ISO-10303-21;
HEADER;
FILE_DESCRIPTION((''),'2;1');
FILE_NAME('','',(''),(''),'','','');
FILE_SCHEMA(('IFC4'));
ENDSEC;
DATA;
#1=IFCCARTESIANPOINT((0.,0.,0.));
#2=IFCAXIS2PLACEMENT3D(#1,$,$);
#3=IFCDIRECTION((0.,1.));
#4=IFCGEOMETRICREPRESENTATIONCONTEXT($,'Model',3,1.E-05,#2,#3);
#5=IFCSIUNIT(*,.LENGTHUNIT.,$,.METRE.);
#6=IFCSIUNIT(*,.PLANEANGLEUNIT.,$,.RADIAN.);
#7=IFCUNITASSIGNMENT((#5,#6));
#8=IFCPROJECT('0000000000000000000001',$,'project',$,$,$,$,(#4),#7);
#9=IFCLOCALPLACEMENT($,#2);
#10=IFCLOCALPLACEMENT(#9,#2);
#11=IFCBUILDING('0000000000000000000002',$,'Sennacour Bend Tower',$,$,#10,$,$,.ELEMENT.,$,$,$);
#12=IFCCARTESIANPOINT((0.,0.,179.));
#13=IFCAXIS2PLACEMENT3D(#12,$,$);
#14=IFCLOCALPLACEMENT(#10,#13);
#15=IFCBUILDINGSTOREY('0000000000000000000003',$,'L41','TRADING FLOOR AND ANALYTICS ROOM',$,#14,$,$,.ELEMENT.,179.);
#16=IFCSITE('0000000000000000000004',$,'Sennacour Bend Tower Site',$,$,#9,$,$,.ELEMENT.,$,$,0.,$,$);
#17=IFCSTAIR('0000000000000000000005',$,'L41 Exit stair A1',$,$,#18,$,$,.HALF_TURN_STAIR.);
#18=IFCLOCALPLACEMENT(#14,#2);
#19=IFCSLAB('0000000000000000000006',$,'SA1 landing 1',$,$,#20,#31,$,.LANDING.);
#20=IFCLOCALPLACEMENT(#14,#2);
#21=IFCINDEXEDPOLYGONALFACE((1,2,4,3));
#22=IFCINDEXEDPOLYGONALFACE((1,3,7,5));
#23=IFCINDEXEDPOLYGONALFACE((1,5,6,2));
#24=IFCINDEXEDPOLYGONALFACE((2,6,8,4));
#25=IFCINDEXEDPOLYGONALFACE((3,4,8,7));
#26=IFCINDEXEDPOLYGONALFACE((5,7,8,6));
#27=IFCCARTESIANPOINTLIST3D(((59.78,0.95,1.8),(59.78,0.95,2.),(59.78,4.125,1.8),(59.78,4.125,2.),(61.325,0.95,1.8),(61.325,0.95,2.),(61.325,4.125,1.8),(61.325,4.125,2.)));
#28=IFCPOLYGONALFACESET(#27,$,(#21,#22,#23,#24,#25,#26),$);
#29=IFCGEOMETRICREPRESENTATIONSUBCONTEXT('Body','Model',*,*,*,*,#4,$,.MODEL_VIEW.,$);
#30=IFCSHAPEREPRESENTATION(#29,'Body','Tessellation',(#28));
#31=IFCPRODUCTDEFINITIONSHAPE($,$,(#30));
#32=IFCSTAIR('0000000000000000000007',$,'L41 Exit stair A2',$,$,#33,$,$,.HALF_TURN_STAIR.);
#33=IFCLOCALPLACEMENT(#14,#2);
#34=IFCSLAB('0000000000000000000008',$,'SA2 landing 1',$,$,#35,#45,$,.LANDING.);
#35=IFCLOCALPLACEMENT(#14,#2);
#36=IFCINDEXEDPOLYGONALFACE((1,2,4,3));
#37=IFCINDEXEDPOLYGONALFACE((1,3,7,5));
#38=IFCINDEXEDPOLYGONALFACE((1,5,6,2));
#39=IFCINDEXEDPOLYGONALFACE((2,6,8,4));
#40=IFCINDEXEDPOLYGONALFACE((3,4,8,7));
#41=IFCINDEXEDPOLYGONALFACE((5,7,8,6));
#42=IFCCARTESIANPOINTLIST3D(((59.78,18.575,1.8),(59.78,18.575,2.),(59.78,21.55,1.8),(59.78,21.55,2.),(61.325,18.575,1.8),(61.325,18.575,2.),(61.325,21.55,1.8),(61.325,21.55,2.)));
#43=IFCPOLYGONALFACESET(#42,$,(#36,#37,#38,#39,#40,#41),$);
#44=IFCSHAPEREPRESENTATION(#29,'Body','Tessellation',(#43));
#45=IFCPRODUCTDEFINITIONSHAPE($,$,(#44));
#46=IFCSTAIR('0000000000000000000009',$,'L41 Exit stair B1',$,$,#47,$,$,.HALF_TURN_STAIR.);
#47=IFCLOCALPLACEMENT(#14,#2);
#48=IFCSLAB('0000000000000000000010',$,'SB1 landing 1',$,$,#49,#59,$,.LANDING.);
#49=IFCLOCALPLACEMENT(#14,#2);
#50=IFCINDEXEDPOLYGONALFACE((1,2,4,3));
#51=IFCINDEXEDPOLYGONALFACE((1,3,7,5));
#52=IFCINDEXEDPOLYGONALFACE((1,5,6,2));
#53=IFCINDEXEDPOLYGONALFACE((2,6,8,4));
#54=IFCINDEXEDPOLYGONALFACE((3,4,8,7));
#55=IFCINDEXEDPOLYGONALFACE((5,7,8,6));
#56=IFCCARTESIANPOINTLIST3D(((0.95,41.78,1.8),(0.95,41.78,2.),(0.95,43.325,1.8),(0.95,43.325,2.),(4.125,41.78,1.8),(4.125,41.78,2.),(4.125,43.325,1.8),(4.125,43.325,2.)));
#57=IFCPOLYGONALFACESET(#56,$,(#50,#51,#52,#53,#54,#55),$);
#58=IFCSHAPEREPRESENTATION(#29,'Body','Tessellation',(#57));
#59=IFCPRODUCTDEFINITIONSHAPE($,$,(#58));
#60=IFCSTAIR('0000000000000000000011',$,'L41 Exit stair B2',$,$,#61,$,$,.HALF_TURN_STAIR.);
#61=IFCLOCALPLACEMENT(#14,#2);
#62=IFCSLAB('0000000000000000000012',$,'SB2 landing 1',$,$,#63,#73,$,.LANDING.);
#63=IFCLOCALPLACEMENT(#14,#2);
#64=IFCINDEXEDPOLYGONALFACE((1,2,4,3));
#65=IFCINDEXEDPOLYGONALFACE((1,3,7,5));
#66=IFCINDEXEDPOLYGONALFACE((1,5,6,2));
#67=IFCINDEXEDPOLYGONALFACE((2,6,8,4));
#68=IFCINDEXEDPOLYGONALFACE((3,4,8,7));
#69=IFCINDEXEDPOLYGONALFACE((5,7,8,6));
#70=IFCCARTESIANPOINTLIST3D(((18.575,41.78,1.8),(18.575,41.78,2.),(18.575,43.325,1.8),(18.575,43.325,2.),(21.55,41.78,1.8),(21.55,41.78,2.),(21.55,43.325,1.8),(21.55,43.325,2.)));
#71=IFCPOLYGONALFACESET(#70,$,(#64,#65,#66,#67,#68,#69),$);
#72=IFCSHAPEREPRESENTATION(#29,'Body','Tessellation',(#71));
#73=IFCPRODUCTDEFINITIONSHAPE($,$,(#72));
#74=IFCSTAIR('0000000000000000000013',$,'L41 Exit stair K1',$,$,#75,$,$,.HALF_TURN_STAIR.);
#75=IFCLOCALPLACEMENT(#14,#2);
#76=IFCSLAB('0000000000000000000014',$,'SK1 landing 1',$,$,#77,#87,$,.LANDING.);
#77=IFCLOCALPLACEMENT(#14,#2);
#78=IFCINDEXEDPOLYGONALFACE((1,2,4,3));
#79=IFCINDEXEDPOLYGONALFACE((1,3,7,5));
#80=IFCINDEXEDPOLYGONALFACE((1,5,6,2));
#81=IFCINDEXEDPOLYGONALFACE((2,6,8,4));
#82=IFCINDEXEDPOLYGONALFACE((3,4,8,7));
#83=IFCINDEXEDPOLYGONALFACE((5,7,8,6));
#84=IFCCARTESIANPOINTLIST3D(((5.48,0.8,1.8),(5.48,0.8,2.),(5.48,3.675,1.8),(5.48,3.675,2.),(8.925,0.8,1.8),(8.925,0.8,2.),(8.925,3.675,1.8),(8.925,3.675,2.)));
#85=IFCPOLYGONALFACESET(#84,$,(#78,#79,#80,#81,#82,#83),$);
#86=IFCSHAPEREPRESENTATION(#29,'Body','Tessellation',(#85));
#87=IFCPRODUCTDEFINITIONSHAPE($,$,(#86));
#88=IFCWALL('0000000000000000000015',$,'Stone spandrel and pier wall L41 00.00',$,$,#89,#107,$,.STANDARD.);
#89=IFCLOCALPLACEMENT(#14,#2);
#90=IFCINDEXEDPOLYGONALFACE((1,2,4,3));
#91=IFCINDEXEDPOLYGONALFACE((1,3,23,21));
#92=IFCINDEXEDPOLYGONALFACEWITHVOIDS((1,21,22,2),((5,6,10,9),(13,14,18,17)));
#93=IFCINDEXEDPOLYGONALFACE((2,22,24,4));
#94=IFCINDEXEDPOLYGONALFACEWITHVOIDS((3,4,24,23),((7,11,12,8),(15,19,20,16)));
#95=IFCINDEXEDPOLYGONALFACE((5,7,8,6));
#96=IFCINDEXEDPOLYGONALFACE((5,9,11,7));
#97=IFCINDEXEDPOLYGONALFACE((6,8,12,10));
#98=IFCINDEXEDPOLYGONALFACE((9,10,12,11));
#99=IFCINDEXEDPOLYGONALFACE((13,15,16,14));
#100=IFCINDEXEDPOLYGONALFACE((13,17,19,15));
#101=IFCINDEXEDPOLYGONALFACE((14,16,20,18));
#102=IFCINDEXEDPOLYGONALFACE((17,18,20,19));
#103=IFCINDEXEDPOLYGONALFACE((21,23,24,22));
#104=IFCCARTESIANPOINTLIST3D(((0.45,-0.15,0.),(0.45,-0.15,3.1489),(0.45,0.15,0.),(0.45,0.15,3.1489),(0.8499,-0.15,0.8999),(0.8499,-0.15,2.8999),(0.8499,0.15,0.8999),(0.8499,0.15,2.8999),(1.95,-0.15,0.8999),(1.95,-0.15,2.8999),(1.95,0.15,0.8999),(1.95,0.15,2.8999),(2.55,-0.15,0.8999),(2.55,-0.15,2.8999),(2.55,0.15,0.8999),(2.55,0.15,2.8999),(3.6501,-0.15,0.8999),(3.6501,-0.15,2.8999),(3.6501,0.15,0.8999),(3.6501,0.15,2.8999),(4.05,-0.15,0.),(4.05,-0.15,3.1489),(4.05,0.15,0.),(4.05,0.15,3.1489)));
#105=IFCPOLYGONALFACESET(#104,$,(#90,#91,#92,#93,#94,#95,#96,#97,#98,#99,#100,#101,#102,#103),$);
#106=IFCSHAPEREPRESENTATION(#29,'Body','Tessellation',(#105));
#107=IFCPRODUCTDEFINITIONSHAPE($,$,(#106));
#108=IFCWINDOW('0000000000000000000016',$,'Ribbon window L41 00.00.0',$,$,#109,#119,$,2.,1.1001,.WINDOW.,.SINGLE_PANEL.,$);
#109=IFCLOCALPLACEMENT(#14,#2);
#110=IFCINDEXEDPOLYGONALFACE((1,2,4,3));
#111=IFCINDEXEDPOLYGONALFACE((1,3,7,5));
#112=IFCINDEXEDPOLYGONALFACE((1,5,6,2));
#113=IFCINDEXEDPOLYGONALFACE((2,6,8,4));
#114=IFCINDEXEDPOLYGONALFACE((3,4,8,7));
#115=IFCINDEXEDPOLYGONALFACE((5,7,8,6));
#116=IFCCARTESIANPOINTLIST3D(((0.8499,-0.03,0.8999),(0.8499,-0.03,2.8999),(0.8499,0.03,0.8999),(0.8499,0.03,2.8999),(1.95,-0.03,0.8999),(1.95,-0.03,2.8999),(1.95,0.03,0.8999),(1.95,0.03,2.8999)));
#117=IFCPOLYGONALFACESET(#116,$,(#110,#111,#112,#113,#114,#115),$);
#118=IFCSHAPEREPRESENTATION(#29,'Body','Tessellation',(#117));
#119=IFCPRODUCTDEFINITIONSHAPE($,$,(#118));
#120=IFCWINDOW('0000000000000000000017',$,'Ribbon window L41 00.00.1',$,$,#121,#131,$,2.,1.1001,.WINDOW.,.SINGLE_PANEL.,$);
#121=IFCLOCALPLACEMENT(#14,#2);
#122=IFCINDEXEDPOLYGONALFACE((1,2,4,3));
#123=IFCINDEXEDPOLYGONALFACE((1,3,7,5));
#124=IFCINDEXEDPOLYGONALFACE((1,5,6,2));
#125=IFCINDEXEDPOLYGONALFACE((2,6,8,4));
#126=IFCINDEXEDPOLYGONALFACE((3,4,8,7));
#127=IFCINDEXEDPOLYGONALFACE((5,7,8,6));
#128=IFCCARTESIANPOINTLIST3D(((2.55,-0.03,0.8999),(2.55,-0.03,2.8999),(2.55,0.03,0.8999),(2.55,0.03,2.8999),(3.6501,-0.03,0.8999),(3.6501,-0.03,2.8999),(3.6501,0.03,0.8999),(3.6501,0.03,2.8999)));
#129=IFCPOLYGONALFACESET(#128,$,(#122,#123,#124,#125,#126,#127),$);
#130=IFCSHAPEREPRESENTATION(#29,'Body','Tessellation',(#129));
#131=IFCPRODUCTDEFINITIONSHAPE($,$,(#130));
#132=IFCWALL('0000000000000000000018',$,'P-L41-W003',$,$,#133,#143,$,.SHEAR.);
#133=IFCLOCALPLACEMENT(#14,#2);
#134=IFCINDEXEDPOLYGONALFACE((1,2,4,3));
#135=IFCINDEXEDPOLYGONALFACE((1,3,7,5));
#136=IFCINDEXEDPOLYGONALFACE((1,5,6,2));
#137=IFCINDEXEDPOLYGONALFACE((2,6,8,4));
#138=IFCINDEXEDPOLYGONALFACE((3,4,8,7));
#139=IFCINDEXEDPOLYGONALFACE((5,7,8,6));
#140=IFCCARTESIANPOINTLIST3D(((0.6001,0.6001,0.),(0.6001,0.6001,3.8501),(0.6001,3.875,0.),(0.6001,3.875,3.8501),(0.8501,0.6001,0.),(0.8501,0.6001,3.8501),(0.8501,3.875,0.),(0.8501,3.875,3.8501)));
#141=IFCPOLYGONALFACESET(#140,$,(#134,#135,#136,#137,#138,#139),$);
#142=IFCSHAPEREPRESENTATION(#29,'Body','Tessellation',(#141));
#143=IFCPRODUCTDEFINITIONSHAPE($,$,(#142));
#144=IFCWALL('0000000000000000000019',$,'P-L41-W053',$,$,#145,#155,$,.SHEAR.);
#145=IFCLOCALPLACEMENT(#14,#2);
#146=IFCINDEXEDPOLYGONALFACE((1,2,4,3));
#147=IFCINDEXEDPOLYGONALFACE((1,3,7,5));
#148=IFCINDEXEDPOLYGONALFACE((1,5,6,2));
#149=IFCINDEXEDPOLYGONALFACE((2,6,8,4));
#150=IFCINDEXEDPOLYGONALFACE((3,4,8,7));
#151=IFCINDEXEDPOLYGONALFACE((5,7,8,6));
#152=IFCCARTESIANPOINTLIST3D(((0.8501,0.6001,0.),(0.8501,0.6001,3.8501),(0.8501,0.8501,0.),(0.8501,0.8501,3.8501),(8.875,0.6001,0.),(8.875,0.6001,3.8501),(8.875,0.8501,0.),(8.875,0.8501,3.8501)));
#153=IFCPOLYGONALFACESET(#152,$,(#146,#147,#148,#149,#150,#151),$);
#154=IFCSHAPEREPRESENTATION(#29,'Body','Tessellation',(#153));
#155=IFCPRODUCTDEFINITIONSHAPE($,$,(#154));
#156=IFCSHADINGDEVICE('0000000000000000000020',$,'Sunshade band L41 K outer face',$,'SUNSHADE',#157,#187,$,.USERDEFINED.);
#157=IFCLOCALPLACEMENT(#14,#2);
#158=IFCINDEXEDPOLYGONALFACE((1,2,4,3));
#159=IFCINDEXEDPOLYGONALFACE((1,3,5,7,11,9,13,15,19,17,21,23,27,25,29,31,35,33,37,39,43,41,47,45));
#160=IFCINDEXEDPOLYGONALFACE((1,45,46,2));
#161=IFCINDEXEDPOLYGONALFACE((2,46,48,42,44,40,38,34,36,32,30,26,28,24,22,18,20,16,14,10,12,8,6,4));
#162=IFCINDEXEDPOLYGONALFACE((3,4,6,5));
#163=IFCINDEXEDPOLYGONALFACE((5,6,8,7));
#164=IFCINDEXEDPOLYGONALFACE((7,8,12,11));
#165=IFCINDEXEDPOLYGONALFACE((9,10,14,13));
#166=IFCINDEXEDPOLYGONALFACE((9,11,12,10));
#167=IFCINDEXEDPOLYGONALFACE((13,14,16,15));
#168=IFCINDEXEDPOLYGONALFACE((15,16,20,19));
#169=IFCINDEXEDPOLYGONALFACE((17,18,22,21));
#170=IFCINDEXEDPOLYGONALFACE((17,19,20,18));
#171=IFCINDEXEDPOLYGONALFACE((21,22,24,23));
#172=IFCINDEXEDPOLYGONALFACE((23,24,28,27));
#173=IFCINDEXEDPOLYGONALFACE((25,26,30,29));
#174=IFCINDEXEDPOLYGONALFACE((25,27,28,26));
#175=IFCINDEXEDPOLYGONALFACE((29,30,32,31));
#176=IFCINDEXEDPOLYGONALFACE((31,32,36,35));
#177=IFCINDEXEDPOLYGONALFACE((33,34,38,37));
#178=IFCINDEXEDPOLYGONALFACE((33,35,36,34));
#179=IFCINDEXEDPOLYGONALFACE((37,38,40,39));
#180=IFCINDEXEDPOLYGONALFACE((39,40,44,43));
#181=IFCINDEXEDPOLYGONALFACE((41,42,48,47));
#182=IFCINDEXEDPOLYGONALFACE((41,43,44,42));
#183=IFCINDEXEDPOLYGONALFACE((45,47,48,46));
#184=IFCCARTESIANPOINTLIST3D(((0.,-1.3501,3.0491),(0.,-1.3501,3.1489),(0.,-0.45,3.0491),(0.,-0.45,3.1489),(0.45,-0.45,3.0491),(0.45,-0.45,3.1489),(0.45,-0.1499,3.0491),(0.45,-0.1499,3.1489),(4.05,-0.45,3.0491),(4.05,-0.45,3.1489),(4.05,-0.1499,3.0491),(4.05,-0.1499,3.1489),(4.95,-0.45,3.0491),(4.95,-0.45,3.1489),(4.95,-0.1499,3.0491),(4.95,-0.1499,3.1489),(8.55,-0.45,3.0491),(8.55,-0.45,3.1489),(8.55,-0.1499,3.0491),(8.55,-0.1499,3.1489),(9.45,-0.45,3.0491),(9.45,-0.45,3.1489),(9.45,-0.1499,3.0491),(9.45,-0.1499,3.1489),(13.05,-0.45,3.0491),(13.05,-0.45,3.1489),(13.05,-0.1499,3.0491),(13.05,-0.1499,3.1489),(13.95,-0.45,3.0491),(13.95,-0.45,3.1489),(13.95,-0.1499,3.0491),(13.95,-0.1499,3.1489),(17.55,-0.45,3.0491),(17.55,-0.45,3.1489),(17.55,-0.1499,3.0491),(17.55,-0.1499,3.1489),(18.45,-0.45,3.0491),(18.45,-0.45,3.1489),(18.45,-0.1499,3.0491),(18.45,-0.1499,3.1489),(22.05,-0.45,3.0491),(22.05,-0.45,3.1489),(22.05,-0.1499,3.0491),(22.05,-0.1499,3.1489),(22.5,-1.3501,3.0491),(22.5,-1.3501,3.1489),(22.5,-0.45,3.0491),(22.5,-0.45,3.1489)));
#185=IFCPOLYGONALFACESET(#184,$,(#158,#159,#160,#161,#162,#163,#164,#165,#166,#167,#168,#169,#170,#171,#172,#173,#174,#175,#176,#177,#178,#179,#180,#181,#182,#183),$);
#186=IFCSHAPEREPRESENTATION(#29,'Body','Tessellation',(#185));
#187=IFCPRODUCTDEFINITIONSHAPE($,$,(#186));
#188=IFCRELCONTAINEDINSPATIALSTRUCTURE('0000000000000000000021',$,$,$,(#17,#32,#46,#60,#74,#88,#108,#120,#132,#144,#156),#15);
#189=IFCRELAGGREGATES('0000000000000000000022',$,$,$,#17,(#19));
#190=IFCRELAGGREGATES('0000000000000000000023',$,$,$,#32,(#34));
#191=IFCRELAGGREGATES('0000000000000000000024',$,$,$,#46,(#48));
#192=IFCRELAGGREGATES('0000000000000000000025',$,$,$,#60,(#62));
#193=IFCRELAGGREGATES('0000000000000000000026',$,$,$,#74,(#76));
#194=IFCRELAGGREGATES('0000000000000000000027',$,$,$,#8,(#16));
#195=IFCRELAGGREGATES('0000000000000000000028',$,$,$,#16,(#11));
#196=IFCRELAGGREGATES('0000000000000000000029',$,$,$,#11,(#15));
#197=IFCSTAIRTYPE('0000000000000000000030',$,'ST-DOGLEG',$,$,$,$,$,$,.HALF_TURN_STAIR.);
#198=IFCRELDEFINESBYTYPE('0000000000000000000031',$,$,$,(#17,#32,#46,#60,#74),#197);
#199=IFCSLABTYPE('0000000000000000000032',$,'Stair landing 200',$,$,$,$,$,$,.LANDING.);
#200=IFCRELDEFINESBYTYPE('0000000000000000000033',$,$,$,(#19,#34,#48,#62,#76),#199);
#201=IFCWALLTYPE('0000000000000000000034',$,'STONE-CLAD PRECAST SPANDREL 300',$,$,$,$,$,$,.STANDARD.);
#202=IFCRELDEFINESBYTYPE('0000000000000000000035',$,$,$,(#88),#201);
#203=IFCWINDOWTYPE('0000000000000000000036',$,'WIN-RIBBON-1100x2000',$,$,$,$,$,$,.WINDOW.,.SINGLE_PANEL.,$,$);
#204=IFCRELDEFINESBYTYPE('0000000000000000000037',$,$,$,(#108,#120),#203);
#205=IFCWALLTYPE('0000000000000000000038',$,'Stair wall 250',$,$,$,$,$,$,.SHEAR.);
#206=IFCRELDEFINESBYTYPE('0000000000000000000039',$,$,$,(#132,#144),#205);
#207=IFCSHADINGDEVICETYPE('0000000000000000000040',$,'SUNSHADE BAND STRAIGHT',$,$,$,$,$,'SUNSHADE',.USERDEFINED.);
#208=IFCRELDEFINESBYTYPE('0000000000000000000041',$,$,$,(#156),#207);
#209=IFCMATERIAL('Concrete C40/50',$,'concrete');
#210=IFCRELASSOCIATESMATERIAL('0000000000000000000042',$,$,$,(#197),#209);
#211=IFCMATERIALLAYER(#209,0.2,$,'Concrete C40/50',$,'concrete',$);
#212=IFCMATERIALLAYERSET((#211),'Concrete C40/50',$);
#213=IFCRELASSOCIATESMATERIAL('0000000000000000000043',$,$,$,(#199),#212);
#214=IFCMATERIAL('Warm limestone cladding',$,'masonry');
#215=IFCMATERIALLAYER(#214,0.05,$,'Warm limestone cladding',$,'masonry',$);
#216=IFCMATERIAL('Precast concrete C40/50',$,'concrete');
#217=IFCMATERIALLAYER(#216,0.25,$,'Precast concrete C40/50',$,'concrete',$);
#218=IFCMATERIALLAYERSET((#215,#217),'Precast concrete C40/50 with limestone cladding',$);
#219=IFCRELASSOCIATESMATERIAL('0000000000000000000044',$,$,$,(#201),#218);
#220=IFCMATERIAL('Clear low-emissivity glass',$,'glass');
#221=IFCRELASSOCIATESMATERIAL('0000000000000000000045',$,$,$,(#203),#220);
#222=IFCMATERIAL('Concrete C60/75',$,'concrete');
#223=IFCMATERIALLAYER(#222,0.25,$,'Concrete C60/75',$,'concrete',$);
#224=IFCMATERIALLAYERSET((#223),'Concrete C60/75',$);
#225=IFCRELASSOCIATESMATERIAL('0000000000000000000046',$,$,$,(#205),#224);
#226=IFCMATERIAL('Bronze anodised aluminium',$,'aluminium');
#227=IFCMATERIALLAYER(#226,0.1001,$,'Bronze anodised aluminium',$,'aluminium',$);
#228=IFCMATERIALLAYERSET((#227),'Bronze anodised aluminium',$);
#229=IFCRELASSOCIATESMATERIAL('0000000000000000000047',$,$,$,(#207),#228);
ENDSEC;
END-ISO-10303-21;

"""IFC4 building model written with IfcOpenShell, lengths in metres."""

from ifc_helpers import new_model, si_unit, direction, frame, frame_2d, origin, place, context, subcontext, project, spatial, polyline, rectangle, outline, extrude, material, layer, layer_set, type_object, element, fill, aggregate, save


model = new_model("IFC4")

# Units and contexts
model_context = context("Model", 3, precision=1e-05, world=origin(), true_north=direction((0.0, 1.0)))
body_context = subcontext(model_context, "Body", "Model", "MODEL_VIEW")
ifc_project = project(units=[si_unit("LENGTHUNIT", "METRE"), si_unit("PLANEANGLEUNIT", "RADIAN")], contexts=[model_context])

# Site, building, storey
site_placement = place(None, origin())
site = spatial("IfcSite", under=ifc_project, at=site_placement, Name="Sennacour Bend Tower Site", CompositionType="ELEMENT", RefElevation=0.0)
building_placement = place(site_placement, origin())
building = spatial("IfcBuilding", under=site, at=building_placement, Name="Sennacour Bend Tower", CompositionType="ELEMENT")
storey_placement = place(building_placement, frame((0.0, 0.0, 179.0)))
storey = spatial("IfcBuildingStorey", under=building, at=storey_placement, Name="L41", Description="TRADING FLOOR AND ANALYTICS ROOM", CompositionType="ELEMENT", Elevation=179.0)

# Shared definitions
ifc_material_1 = material(Name="Concrete C40/50", Category="concrete")

# Stairs, slabs
stair_type = type_object("IfcStairType", Name="ST-DOGLEG", PredefinedType="HALF_TURN_STAIR", material=ifc_material_1)
stair_1_placement = place(storey_placement, origin())
stair_1 = element("IfcStair", 1, at=stair_1_placement, inside=storey, type_object=stair_type, Name="L41 Exit stair A1", PredefinedType="HALF_TURN_STAIR")
ifc_layer_1 = layer(ifc_material_1, 0.2, Name="Concrete C40/50", Category="concrete")
ifc_layer_set_1 = layer_set([ifc_layer_1], Name="Concrete C40/50")
slab_type_1 = type_object("IfcSlabType", Name="Stair landing 200", PredefinedType="LANDING", material=ifc_layer_set_1)
slab_1_placement = place(storey_placement, frame((0.0, 0.0, 1.8)))
slab_1 = element("IfcSlab", 2, at=slab_1_placement, type_object=slab_type_1, Name="SA1 landing 1", PredefinedType="LANDING", context=body_context, shape_type="SweptSolid", body=[
    extrude(outline(polyline([(59.78, 0.95), (61.325, 0.95), (61.325, 4.125), (59.78, 4.125), (59.78, 0.95)])), origin(), (0.0, 0.0, 1.0), 0.2),
])
aggregate(stair_1, [slab_1])
stair_2_placement = place(storey_placement, origin())
stair_2 = element("IfcStair", 3, at=stair_2_placement, inside=storey, type_object=stair_type, Name="L41 Exit stair A2", PredefinedType="HALF_TURN_STAIR")
slab_2_placement = place(storey_placement, frame((0.0, 0.0, 1.8)))
slab_2 = element("IfcSlab", 4, at=slab_2_placement, type_object=slab_type_1, Name="SA2 landing 1", PredefinedType="LANDING", context=body_context, shape_type="SweptSolid", body=[
    extrude(outline(polyline([(59.78, 18.575), (61.325, 18.575), (61.325, 21.55), (59.78, 21.55), (59.78, 18.575)])), origin(), (0.0, 0.0, 1.0), 0.2),
])
aggregate(stair_2, [slab_2])
stair_3_placement = place(storey_placement, origin())
stair_3 = element("IfcStair", 5, at=stair_3_placement, inside=storey, type_object=stair_type, Name="L41 Exit stair B1", PredefinedType="HALF_TURN_STAIR")
slab_3_placement = place(storey_placement, frame((0.0, 0.0, 1.8)))
slab_3 = element("IfcSlab", 6, at=slab_3_placement, type_object=slab_type_1, Name="SB1 landing 1", PredefinedType="LANDING", context=body_context, shape_type="SweptSolid", body=[
    extrude(outline(polyline([(0.95, 41.78), (4.125, 41.78), (4.125, 43.325), (0.95, 43.325), (0.95, 41.78)])), origin(), (0.0, 0.0, 1.0), 0.2),
])
aggregate(stair_3, [slab_3])
stair_4_placement = place(storey_placement, origin())
stair_4 = element("IfcStair", 7, at=stair_4_placement, inside=storey, type_object=stair_type, Name="L41 Exit stair B2", PredefinedType="HALF_TURN_STAIR")
slab_4_placement = place(storey_placement, frame((0.0, 0.0, 1.8)))
slab_4 = element("IfcSlab", 8, at=slab_4_placement, type_object=slab_type_1, Name="SB2 landing 1", PredefinedType="LANDING", context=body_context, shape_type="SweptSolid", body=[
    extrude(outline(polyline([(18.575, 41.78), (21.55, 41.78), (21.55, 43.325), (18.575, 43.325), (18.575, 41.78)])), origin(), (0.0, 0.0, 1.0), 0.2),
])
aggregate(stair_4, [slab_4])
stair_5_placement = place(storey_placement, origin())
stair_5 = element("IfcStair", 9, at=stair_5_placement, inside=storey, type_object=stair_type, Name="L41 Exit stair K1", PredefinedType="HALF_TURN_STAIR")
slab_5_placement = place(storey_placement, frame((0.0, 0.0, 1.8)))
slab_5 = element("IfcSlab", 10, at=slab_5_placement, type_object=slab_type_1, Name="SK1 landing 1", PredefinedType="LANDING", context=body_context, shape_type="SweptSolid", body=[
    extrude(outline(polyline([(5.48, 0.8), (8.925, 0.8), (8.925, 3.675), (5.48, 3.675), (5.48, 0.8)])), origin(), (0.0, 0.0, 1.0), 0.2),
])
aggregate(stair_5, [slab_5])

# Wall, openings, windows
ifc_material_2 = material(Name="Warm limestone cladding", Category="masonry")
ifc_layer_2 = layer(ifc_material_2, 0.05, Name="Warm limestone cladding", Category="masonry")
ifc_material_3 = material(Name="Precast concrete C40/50", Category="concrete")
ifc_layer_3 = layer(ifc_material_3, 0.25, Name="Precast concrete C40/50", Category="concrete")
ifc_layer_set_2 = layer_set([ifc_layer_2, ifc_layer_3], Name="Precast concrete C40/50 with limestone cladding")
wall_type_1 = type_object("IfcWallType", Name="STONE-CLAD PRECAST SPANDREL 300", PredefinedType="STANDARD", material=ifc_layer_set_2)
wall_1_placement = place(storey_placement, frame((0.45, 0.0, 0.0), z_axis=(0.0, 0.0, 1.0), x_axis=(1.0, 0.0, 0.0)))
wall_1 = element("IfcWall", 11, at=wall_1_placement, inside=storey, type_object=wall_type_1, Name="Stone spandrel and pier wall L41 00.00", PredefinedType="STANDARD", context=body_context, shape_type="SweptSolid", body=[
    extrude(rectangle(XDim=3.6001, YDim=0.3, at=frame_2d((1.8, 0.0))), origin(), (0.0, 0.0, 1.0), 3.1489),
])
opening_1_placement = place(wall_1_placement, frame((0.3999, 0.0, 0.8999)))
opening_1 = element("IfcOpeningElement", 12, at=opening_1_placement, cuts=wall_1, PredefinedType="OPENING", context=body_context, shape_type="SweptSolid", body=[
    extrude(rectangle(XDim=1.1001, YDim=2.0, at=frame_2d((0.55, 1.0))), frame((0.0, 0.1602, 0.0), z_axis=(0.0, -1.0, 0.0), x_axis=(1.0, 0.0, 0.0)), (0.0, 0.0, 1.0), 0.3201),
])
opening_2_placement = place(wall_1_placement, frame((2.1001, 0.0, 0.8999)))
opening_2 = element("IfcOpeningElement", 13, at=opening_2_placement, cuts=wall_1, PredefinedType="OPENING", context=body_context, shape_type="SweptSolid", body=[
    extrude(rectangle(XDim=1.1001, YDim=2.0, at=frame_2d((0.55, 1.0))), frame((0.0, 0.1602, 0.0), z_axis=(0.0, -1.0, 0.0), x_axis=(1.0, 0.0, 0.0)), (0.0, 0.0, 1.0), 0.3201),
])
ifc_material_4 = material(Name="Clear low-emissivity glass", Category="glass")
window_type = type_object("IfcWindowType", Name="WIN-RIBBON-1100x2000", PartitioningType="SINGLE_PANEL", PredefinedType="WINDOW", material=ifc_material_4)
window_1_placement = place(opening_1_placement, origin())
window_1 = element("IfcWindow", 14, at=window_1_placement, inside=storey, type_object=window_type, Name="Ribbon window L41 00.00.0", OverallHeight=2.0, OverallWidth=1.1001, PartitioningType="SINGLE_PANEL", PredefinedType="WINDOW", context=body_context, shape_type="SweptSolid", body=[
    extrude(rectangle(XDim=1.1001, YDim=2.0, at=frame_2d((0.55, 1.0))), frame((0.0, 0.03, 0.0), z_axis=(0.0, -1.0, 0.0), x_axis=(1.0, 0.0, 0.0)), (0.0, 0.0, 1.0), 0.0601),
])
fill(opening_1, window_1)
window_2_placement = place(opening_2_placement, origin())
window_2 = element("IfcWindow", 15, at=window_2_placement, inside=storey, type_object=window_type, Name="Ribbon window L41 00.00.1", OverallHeight=2.0, OverallWidth=1.1001, PartitioningType="SINGLE_PANEL", PredefinedType="WINDOW", context=body_context, shape_type="SweptSolid", body=[
    extrude(rectangle(XDim=1.1001, YDim=2.0, at=frame_2d((0.55, 1.0))), frame((0.0, 0.03, 0.0), z_axis=(0.0, -1.0, 0.0), x_axis=(1.0, 0.0, 0.0)), (0.0, 0.0, 1.0), 0.0601),
])
fill(opening_2, window_2)

# Walls
ifc_material_5 = material(Name="Concrete C60/75", Category="concrete")
ifc_layer_4 = layer(ifc_material_5, 0.25, Name="Concrete C60/75", Category="concrete")
ifc_layer_set_3 = layer_set([ifc_layer_4], Name="Concrete C60/75")
wall_type_2 = type_object("IfcWallType", Name="Stair wall 250", PredefinedType="SHEAR", material=ifc_layer_set_3)
wall_2_placement = place(storey_placement, frame((0.7251, 0.6001, 0.0), z_axis=(0.0, 0.0, 1.0), x_axis=(0.0, 1.0, 0.0)))
element("IfcWall", 16, at=wall_2_placement, inside=storey, type_object=wall_type_2, Name="P-L41-W003", PredefinedType="SHEAR", context=body_context, shape_type="SweptSolid", body=[
    extrude(rectangle(XDim=3.2749, YDim=0.25, at=frame_2d((1.6375, 0.0))), origin(), (0.0, 0.0, 1.0), 3.8501),
])
wall_3_placement = place(storey_placement, frame((0.8501, 0.7251, 0.0), z_axis=(0.0, 0.0, 1.0), x_axis=(1.0, 0.0, 0.0)))
element("IfcWall", 17, at=wall_3_placement, inside=storey, type_object=wall_type_2, Name="P-L41-W053", PredefinedType="SHEAR", context=body_context, shape_type="SweptSolid", body=[
    extrude(rectangle(XDim=8.0249, YDim=0.25, at=frame_2d((4.0125, 0.0))), origin(), (0.0, 0.0, 1.0), 3.8501),
])

# Shading device
ifc_material_6 = material(Name="Bronze anodised aluminium", Category="aluminium")
ifc_layer_5 = layer(ifc_material_6, 0.1001, Name="Bronze anodised aluminium", Category="aluminium")
ifc_layer_set_4 = layer_set([ifc_layer_5], Name="Bronze anodised aluminium")
shading_device_type_1 = type_object("IfcShadingDeviceType", Name="SUNSHADE BAND STRAIGHT", ElementType="SUNSHADE", PredefinedType="USERDEFINED", material=ifc_layer_set_4)
shading_device_1_placement = place(storey_placement, frame((0.0, 0.0, 3.0491)))
element("IfcShadingDevice", 18, at=shading_device_1_placement, inside=storey, type_object=shading_device_type_1, Name="Sunshade band L41 K outer face", ObjectType="SUNSHADE", PredefinedType="USERDEFINED", context=body_context, shape_type="SweptSolid", body=[
    extrude(outline(polyline([(4.05, -0.1499), (4.05, -0.45), (4.95, -0.45), (4.95, -0.1499), (8.55, -0.1499), (8.55, -0.45), (9.45, -0.45), (9.45, -0.1499), (13.05, -0.1499), (13.05, -0.45), (13.95, -0.45), (13.95, -0.1499), (17.55, -0.1499), (17.55, -0.45), (18.45, -0.45), (18.45, -0.1499), (22.05, -0.1499), (22.05, -0.45), (22.5, -0.45), (22.5, -1.3501), (0.0, -1.3501), (0.0, -0.45), (0.45, -0.45), (0.45, -0.1499), (4.05, -0.1499)])), origin(), (0.0, 0.0, 1.0), 0.0999),
])

save(model, "model.ifc")
